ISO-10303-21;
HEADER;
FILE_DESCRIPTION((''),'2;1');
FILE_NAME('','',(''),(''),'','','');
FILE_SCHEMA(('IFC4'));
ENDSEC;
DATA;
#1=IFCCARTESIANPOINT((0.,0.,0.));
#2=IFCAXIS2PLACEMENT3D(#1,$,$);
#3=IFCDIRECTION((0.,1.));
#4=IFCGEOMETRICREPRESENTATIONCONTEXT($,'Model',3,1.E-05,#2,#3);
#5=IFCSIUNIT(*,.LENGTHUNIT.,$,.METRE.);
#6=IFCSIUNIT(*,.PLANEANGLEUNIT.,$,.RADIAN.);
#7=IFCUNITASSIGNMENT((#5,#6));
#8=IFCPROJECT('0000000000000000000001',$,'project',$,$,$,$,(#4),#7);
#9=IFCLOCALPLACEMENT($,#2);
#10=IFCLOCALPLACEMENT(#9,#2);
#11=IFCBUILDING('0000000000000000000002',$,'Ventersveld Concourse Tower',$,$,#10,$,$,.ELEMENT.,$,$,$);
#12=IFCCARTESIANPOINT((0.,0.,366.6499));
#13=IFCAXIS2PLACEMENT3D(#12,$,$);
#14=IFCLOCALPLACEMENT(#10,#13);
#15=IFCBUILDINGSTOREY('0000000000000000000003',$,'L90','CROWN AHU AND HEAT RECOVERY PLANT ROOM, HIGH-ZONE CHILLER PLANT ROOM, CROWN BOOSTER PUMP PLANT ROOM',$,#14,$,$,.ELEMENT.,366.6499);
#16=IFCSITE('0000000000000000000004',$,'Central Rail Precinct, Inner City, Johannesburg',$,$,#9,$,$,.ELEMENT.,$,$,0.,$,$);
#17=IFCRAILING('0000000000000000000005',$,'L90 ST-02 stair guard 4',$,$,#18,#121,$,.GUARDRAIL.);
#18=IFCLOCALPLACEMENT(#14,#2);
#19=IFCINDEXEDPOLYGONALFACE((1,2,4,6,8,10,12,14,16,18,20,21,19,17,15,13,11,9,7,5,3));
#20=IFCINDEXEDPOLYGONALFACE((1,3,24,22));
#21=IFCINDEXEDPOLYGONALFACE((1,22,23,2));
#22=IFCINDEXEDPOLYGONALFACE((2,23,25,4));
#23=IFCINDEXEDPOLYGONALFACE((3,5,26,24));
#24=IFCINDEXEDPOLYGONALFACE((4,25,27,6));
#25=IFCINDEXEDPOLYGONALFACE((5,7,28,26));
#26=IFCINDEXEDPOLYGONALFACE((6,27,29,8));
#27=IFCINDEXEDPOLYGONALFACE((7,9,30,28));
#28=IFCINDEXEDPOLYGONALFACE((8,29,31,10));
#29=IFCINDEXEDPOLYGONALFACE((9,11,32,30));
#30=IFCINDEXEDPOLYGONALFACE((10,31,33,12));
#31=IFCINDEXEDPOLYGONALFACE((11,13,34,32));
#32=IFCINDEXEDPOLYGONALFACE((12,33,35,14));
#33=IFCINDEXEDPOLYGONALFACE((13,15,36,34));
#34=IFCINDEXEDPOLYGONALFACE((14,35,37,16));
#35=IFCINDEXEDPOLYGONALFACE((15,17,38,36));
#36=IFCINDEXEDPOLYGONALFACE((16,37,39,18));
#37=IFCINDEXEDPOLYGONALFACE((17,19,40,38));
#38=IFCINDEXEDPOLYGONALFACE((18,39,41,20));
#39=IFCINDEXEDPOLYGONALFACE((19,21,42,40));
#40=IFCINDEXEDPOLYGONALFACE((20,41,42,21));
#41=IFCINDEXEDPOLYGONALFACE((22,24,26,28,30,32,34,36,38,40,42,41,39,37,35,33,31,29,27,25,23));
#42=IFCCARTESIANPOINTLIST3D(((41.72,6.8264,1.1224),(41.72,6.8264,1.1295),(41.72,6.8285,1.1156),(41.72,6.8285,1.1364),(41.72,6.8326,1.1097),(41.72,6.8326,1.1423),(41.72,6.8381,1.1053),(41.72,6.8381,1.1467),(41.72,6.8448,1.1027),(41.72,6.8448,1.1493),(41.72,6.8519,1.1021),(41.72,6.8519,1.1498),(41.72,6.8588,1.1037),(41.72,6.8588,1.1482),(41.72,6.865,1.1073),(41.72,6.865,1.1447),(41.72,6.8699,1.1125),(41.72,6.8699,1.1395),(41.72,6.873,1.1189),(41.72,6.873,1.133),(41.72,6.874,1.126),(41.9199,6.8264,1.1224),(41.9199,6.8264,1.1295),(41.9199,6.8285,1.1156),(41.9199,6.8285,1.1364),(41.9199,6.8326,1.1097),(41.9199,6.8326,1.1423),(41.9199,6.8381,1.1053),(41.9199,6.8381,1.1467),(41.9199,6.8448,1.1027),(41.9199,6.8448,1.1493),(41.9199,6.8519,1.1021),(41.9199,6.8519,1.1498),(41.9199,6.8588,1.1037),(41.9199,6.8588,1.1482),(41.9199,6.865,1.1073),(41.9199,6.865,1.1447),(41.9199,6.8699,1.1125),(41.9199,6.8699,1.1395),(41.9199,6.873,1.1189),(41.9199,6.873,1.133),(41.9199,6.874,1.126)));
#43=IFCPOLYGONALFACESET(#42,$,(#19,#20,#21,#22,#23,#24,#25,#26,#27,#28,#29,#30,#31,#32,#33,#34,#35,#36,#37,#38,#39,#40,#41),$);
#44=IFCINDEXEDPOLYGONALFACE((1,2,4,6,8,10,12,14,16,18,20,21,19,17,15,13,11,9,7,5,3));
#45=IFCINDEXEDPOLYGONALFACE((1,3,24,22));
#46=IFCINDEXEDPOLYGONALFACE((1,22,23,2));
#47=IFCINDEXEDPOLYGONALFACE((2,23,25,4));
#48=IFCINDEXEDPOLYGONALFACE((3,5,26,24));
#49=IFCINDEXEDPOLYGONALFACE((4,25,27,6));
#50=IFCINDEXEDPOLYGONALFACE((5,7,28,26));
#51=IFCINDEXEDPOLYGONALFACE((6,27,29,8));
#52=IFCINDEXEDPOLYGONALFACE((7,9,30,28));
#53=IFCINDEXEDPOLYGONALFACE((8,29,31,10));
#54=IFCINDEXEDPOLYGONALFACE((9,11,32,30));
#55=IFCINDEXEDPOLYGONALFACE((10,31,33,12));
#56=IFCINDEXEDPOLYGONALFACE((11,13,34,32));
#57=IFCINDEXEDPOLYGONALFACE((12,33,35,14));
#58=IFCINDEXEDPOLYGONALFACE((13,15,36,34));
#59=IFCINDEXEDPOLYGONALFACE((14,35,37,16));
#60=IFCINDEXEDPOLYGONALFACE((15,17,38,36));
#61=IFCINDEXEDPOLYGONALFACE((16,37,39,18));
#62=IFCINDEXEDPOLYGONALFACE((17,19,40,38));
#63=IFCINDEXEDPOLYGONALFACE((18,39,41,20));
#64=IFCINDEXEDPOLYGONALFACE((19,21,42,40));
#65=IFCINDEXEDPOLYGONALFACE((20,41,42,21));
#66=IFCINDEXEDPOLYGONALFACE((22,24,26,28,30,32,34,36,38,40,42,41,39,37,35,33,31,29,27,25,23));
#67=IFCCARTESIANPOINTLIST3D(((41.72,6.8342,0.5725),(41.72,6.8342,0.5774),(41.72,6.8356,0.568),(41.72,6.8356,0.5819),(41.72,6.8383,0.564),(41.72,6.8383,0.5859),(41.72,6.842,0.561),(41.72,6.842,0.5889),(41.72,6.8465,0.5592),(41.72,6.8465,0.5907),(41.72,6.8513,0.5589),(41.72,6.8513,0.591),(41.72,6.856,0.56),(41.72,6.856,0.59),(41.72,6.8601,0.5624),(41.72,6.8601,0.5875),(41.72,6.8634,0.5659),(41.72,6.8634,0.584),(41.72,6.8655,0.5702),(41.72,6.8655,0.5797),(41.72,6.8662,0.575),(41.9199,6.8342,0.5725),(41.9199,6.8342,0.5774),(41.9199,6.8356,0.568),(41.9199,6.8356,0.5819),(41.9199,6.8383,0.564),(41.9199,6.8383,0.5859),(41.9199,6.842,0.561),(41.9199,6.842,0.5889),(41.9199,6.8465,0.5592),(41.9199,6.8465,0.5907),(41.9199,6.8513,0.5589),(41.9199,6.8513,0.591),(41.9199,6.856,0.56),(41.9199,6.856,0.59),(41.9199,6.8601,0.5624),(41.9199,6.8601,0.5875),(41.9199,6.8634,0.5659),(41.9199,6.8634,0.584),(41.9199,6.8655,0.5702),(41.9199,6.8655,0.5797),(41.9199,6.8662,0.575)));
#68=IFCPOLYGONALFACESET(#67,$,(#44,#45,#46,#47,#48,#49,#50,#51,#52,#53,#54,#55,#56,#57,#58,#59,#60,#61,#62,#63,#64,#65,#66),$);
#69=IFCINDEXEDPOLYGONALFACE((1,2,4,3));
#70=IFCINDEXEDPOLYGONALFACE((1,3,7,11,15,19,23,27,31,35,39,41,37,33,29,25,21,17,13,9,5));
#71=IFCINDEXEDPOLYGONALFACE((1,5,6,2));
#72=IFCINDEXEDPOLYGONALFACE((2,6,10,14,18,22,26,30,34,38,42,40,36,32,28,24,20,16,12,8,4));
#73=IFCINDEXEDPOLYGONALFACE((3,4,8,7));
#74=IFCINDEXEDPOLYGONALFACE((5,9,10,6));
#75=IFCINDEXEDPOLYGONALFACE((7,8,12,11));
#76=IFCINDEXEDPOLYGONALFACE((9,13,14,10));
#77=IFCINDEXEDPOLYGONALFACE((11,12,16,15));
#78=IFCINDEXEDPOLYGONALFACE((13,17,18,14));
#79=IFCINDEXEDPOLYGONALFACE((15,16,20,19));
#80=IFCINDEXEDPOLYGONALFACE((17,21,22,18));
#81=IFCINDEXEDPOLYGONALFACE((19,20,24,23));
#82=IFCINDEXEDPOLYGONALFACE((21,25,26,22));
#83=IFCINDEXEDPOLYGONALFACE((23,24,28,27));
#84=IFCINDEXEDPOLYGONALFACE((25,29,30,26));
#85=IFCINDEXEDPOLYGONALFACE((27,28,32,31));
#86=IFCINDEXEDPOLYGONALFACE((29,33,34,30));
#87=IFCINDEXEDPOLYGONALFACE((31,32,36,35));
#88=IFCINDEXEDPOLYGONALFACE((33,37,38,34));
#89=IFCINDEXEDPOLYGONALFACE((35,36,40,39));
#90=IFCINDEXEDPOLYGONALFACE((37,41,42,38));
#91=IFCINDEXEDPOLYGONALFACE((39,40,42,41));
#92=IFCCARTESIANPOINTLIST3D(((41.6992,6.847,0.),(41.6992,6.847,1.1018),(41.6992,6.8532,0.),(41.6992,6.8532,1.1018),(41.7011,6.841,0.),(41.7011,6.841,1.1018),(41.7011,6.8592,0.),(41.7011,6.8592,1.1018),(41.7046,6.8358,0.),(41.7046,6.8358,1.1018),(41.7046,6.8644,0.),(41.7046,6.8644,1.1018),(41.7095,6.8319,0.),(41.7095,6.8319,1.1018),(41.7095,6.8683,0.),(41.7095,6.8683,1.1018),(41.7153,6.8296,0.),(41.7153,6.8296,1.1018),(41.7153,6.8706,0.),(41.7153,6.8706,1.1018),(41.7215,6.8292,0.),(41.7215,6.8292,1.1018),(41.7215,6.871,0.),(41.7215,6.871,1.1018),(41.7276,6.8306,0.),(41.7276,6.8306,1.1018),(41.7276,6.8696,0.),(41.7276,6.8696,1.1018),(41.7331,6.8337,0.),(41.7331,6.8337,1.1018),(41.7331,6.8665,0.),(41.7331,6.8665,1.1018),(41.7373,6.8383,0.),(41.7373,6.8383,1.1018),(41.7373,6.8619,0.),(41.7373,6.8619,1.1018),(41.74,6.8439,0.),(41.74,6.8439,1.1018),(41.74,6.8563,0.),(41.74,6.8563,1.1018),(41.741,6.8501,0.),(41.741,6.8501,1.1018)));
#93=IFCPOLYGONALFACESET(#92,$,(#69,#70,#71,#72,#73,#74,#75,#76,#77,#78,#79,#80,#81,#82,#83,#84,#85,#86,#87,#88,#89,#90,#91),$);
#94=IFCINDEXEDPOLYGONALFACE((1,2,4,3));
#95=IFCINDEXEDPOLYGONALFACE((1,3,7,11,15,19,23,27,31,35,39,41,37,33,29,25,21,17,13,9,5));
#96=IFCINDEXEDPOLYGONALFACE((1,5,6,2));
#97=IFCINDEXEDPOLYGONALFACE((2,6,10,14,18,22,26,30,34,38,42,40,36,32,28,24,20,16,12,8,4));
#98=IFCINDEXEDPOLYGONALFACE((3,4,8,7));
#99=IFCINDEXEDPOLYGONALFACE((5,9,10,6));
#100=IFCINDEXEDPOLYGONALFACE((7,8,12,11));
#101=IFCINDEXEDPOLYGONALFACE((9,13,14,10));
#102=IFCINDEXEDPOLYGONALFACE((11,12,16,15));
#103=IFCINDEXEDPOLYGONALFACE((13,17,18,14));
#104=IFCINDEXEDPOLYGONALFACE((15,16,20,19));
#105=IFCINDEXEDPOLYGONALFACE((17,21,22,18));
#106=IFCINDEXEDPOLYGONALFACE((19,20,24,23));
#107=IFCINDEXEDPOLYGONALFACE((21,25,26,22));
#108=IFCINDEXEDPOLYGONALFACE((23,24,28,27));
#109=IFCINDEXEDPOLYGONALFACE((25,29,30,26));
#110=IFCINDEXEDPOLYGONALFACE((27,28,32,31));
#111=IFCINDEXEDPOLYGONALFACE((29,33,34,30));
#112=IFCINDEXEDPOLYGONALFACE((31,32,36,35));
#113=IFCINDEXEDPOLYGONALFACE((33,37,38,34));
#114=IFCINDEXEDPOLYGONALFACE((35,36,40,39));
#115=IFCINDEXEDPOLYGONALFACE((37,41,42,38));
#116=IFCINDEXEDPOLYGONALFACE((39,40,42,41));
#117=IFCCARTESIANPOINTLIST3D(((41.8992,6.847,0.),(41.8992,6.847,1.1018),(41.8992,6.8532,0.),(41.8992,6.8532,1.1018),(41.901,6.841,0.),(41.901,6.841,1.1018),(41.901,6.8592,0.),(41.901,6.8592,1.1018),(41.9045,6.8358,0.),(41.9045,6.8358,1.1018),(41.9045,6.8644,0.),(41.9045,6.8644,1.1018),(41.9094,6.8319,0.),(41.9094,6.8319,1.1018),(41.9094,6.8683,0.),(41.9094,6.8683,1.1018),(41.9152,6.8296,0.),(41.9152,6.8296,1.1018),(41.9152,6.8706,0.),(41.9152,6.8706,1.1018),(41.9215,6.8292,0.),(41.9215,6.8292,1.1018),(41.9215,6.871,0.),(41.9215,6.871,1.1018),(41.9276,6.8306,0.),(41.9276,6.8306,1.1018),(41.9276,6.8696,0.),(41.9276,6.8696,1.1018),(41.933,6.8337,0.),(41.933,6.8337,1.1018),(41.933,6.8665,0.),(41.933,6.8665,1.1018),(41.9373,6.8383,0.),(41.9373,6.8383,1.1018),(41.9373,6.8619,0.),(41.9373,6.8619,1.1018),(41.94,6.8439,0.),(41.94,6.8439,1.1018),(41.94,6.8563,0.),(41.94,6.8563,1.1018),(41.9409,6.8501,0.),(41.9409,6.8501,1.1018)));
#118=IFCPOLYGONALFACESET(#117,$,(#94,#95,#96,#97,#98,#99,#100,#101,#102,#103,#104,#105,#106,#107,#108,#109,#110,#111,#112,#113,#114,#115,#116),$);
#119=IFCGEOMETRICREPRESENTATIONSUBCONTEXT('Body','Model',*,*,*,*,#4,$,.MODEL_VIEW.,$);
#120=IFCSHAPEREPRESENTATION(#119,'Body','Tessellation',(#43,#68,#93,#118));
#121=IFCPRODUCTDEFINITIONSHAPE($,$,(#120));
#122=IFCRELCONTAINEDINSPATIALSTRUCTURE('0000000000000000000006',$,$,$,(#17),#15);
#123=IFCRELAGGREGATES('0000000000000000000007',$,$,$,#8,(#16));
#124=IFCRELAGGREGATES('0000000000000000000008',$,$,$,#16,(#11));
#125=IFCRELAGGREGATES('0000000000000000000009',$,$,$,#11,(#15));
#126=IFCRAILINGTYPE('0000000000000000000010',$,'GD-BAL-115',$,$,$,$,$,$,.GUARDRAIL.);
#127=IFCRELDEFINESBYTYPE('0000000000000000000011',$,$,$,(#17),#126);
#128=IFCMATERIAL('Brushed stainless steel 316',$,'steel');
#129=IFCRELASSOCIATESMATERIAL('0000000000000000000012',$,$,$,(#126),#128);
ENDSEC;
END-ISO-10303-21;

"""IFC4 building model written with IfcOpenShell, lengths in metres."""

from ifc_helpers import new_model, si_unit, direction, frame, origin, origin_2d, place, context, subcontext, project, spatial, circle, extrude, material, type_object, element, save


model = new_model("IFC4")

# Units and contexts
model_context = context("Model", 3, precision=1e-05, world=origin(), true_north=direction((0.0, 1.0)))
body_context = subcontext(model_context, "Body", "Model", "MODEL_VIEW")
ifc_project = project(units=[si_unit("LENGTHUNIT", "METRE"), si_unit("PLANEANGLEUNIT", "RADIAN")], contexts=[model_context])

# Site, building, storey
site_placement = place(None, origin())
site = spatial("IfcSite", under=ifc_project, at=site_placement, Name="Central Rail Precinct, Inner City, Johannesburg", CompositionType="ELEMENT", RefElevation=0.0)
building_placement = place(site_placement, origin())
building = spatial("IfcBuilding", under=site, at=building_placement, Name="Ventersveld Concourse Tower", CompositionType="ELEMENT")
storey_placement = place(building_placement, frame((0.0, 0.0, 366.6499)))
storey = spatial("IfcBuildingStorey", under=building, at=storey_placement, Name="L90", Description="CROWN AHU AND HEAT RECOVERY PLANT ROOM, HIGH-ZONE CHILLER PLANT ROOM, CROWN BOOSTER PUMP PLANT ROOM", CompositionType="ELEMENT", Elevation=366.6499)

# Shared definitions
ifc_material_1 = material(Name="Brushed stainless steel 316", Category="steel")

# Railing
railing_type_1 = type_object("IfcRailingType", Name="GD-BAL-115", PredefinedType="GUARDRAIL", material=ifc_material_1)
railing_1_placement = place(storey_placement, frame((41.72, 6.8501, 0.0)))
element("IfcRailing", 1, at=railing_1_placement, inside=storey, type_object=railing_type_1, Name="L90 ST-02 stair guard 4", PredefinedType="GUARDRAIL", context=body_context, shape_type="SweptSolid", body=[
    extrude(circle(Radius=0.0239, at=origin_2d()), frame((0.0, 0.0, 1.126), z_axis=(1.0, 0.0, 0.0), x_axis=(0.0, 1.0, 0.0)), (0.0, 0.0, 1.0), 0.2),
    extrude(circle(Radius=0.0161, at=origin_2d()), frame((0.0, 0.0, 0.575), z_axis=(1.0, 0.0, 0.0), x_axis=(0.0, 1.0, 0.0)), (0.0, 0.0, 1.0), 0.2),
    extrude(circle(Radius=0.021, at=origin_2d()), origin(), (0.0, 0.0, 1.0), 1.1018),
    extrude(circle(Radius=0.021, at=origin_2d()), frame((0.2, 0.0, 0.0)), (0.0, 0.0, 1.0), 1.1018),
])

save(model, "model.ifc")
